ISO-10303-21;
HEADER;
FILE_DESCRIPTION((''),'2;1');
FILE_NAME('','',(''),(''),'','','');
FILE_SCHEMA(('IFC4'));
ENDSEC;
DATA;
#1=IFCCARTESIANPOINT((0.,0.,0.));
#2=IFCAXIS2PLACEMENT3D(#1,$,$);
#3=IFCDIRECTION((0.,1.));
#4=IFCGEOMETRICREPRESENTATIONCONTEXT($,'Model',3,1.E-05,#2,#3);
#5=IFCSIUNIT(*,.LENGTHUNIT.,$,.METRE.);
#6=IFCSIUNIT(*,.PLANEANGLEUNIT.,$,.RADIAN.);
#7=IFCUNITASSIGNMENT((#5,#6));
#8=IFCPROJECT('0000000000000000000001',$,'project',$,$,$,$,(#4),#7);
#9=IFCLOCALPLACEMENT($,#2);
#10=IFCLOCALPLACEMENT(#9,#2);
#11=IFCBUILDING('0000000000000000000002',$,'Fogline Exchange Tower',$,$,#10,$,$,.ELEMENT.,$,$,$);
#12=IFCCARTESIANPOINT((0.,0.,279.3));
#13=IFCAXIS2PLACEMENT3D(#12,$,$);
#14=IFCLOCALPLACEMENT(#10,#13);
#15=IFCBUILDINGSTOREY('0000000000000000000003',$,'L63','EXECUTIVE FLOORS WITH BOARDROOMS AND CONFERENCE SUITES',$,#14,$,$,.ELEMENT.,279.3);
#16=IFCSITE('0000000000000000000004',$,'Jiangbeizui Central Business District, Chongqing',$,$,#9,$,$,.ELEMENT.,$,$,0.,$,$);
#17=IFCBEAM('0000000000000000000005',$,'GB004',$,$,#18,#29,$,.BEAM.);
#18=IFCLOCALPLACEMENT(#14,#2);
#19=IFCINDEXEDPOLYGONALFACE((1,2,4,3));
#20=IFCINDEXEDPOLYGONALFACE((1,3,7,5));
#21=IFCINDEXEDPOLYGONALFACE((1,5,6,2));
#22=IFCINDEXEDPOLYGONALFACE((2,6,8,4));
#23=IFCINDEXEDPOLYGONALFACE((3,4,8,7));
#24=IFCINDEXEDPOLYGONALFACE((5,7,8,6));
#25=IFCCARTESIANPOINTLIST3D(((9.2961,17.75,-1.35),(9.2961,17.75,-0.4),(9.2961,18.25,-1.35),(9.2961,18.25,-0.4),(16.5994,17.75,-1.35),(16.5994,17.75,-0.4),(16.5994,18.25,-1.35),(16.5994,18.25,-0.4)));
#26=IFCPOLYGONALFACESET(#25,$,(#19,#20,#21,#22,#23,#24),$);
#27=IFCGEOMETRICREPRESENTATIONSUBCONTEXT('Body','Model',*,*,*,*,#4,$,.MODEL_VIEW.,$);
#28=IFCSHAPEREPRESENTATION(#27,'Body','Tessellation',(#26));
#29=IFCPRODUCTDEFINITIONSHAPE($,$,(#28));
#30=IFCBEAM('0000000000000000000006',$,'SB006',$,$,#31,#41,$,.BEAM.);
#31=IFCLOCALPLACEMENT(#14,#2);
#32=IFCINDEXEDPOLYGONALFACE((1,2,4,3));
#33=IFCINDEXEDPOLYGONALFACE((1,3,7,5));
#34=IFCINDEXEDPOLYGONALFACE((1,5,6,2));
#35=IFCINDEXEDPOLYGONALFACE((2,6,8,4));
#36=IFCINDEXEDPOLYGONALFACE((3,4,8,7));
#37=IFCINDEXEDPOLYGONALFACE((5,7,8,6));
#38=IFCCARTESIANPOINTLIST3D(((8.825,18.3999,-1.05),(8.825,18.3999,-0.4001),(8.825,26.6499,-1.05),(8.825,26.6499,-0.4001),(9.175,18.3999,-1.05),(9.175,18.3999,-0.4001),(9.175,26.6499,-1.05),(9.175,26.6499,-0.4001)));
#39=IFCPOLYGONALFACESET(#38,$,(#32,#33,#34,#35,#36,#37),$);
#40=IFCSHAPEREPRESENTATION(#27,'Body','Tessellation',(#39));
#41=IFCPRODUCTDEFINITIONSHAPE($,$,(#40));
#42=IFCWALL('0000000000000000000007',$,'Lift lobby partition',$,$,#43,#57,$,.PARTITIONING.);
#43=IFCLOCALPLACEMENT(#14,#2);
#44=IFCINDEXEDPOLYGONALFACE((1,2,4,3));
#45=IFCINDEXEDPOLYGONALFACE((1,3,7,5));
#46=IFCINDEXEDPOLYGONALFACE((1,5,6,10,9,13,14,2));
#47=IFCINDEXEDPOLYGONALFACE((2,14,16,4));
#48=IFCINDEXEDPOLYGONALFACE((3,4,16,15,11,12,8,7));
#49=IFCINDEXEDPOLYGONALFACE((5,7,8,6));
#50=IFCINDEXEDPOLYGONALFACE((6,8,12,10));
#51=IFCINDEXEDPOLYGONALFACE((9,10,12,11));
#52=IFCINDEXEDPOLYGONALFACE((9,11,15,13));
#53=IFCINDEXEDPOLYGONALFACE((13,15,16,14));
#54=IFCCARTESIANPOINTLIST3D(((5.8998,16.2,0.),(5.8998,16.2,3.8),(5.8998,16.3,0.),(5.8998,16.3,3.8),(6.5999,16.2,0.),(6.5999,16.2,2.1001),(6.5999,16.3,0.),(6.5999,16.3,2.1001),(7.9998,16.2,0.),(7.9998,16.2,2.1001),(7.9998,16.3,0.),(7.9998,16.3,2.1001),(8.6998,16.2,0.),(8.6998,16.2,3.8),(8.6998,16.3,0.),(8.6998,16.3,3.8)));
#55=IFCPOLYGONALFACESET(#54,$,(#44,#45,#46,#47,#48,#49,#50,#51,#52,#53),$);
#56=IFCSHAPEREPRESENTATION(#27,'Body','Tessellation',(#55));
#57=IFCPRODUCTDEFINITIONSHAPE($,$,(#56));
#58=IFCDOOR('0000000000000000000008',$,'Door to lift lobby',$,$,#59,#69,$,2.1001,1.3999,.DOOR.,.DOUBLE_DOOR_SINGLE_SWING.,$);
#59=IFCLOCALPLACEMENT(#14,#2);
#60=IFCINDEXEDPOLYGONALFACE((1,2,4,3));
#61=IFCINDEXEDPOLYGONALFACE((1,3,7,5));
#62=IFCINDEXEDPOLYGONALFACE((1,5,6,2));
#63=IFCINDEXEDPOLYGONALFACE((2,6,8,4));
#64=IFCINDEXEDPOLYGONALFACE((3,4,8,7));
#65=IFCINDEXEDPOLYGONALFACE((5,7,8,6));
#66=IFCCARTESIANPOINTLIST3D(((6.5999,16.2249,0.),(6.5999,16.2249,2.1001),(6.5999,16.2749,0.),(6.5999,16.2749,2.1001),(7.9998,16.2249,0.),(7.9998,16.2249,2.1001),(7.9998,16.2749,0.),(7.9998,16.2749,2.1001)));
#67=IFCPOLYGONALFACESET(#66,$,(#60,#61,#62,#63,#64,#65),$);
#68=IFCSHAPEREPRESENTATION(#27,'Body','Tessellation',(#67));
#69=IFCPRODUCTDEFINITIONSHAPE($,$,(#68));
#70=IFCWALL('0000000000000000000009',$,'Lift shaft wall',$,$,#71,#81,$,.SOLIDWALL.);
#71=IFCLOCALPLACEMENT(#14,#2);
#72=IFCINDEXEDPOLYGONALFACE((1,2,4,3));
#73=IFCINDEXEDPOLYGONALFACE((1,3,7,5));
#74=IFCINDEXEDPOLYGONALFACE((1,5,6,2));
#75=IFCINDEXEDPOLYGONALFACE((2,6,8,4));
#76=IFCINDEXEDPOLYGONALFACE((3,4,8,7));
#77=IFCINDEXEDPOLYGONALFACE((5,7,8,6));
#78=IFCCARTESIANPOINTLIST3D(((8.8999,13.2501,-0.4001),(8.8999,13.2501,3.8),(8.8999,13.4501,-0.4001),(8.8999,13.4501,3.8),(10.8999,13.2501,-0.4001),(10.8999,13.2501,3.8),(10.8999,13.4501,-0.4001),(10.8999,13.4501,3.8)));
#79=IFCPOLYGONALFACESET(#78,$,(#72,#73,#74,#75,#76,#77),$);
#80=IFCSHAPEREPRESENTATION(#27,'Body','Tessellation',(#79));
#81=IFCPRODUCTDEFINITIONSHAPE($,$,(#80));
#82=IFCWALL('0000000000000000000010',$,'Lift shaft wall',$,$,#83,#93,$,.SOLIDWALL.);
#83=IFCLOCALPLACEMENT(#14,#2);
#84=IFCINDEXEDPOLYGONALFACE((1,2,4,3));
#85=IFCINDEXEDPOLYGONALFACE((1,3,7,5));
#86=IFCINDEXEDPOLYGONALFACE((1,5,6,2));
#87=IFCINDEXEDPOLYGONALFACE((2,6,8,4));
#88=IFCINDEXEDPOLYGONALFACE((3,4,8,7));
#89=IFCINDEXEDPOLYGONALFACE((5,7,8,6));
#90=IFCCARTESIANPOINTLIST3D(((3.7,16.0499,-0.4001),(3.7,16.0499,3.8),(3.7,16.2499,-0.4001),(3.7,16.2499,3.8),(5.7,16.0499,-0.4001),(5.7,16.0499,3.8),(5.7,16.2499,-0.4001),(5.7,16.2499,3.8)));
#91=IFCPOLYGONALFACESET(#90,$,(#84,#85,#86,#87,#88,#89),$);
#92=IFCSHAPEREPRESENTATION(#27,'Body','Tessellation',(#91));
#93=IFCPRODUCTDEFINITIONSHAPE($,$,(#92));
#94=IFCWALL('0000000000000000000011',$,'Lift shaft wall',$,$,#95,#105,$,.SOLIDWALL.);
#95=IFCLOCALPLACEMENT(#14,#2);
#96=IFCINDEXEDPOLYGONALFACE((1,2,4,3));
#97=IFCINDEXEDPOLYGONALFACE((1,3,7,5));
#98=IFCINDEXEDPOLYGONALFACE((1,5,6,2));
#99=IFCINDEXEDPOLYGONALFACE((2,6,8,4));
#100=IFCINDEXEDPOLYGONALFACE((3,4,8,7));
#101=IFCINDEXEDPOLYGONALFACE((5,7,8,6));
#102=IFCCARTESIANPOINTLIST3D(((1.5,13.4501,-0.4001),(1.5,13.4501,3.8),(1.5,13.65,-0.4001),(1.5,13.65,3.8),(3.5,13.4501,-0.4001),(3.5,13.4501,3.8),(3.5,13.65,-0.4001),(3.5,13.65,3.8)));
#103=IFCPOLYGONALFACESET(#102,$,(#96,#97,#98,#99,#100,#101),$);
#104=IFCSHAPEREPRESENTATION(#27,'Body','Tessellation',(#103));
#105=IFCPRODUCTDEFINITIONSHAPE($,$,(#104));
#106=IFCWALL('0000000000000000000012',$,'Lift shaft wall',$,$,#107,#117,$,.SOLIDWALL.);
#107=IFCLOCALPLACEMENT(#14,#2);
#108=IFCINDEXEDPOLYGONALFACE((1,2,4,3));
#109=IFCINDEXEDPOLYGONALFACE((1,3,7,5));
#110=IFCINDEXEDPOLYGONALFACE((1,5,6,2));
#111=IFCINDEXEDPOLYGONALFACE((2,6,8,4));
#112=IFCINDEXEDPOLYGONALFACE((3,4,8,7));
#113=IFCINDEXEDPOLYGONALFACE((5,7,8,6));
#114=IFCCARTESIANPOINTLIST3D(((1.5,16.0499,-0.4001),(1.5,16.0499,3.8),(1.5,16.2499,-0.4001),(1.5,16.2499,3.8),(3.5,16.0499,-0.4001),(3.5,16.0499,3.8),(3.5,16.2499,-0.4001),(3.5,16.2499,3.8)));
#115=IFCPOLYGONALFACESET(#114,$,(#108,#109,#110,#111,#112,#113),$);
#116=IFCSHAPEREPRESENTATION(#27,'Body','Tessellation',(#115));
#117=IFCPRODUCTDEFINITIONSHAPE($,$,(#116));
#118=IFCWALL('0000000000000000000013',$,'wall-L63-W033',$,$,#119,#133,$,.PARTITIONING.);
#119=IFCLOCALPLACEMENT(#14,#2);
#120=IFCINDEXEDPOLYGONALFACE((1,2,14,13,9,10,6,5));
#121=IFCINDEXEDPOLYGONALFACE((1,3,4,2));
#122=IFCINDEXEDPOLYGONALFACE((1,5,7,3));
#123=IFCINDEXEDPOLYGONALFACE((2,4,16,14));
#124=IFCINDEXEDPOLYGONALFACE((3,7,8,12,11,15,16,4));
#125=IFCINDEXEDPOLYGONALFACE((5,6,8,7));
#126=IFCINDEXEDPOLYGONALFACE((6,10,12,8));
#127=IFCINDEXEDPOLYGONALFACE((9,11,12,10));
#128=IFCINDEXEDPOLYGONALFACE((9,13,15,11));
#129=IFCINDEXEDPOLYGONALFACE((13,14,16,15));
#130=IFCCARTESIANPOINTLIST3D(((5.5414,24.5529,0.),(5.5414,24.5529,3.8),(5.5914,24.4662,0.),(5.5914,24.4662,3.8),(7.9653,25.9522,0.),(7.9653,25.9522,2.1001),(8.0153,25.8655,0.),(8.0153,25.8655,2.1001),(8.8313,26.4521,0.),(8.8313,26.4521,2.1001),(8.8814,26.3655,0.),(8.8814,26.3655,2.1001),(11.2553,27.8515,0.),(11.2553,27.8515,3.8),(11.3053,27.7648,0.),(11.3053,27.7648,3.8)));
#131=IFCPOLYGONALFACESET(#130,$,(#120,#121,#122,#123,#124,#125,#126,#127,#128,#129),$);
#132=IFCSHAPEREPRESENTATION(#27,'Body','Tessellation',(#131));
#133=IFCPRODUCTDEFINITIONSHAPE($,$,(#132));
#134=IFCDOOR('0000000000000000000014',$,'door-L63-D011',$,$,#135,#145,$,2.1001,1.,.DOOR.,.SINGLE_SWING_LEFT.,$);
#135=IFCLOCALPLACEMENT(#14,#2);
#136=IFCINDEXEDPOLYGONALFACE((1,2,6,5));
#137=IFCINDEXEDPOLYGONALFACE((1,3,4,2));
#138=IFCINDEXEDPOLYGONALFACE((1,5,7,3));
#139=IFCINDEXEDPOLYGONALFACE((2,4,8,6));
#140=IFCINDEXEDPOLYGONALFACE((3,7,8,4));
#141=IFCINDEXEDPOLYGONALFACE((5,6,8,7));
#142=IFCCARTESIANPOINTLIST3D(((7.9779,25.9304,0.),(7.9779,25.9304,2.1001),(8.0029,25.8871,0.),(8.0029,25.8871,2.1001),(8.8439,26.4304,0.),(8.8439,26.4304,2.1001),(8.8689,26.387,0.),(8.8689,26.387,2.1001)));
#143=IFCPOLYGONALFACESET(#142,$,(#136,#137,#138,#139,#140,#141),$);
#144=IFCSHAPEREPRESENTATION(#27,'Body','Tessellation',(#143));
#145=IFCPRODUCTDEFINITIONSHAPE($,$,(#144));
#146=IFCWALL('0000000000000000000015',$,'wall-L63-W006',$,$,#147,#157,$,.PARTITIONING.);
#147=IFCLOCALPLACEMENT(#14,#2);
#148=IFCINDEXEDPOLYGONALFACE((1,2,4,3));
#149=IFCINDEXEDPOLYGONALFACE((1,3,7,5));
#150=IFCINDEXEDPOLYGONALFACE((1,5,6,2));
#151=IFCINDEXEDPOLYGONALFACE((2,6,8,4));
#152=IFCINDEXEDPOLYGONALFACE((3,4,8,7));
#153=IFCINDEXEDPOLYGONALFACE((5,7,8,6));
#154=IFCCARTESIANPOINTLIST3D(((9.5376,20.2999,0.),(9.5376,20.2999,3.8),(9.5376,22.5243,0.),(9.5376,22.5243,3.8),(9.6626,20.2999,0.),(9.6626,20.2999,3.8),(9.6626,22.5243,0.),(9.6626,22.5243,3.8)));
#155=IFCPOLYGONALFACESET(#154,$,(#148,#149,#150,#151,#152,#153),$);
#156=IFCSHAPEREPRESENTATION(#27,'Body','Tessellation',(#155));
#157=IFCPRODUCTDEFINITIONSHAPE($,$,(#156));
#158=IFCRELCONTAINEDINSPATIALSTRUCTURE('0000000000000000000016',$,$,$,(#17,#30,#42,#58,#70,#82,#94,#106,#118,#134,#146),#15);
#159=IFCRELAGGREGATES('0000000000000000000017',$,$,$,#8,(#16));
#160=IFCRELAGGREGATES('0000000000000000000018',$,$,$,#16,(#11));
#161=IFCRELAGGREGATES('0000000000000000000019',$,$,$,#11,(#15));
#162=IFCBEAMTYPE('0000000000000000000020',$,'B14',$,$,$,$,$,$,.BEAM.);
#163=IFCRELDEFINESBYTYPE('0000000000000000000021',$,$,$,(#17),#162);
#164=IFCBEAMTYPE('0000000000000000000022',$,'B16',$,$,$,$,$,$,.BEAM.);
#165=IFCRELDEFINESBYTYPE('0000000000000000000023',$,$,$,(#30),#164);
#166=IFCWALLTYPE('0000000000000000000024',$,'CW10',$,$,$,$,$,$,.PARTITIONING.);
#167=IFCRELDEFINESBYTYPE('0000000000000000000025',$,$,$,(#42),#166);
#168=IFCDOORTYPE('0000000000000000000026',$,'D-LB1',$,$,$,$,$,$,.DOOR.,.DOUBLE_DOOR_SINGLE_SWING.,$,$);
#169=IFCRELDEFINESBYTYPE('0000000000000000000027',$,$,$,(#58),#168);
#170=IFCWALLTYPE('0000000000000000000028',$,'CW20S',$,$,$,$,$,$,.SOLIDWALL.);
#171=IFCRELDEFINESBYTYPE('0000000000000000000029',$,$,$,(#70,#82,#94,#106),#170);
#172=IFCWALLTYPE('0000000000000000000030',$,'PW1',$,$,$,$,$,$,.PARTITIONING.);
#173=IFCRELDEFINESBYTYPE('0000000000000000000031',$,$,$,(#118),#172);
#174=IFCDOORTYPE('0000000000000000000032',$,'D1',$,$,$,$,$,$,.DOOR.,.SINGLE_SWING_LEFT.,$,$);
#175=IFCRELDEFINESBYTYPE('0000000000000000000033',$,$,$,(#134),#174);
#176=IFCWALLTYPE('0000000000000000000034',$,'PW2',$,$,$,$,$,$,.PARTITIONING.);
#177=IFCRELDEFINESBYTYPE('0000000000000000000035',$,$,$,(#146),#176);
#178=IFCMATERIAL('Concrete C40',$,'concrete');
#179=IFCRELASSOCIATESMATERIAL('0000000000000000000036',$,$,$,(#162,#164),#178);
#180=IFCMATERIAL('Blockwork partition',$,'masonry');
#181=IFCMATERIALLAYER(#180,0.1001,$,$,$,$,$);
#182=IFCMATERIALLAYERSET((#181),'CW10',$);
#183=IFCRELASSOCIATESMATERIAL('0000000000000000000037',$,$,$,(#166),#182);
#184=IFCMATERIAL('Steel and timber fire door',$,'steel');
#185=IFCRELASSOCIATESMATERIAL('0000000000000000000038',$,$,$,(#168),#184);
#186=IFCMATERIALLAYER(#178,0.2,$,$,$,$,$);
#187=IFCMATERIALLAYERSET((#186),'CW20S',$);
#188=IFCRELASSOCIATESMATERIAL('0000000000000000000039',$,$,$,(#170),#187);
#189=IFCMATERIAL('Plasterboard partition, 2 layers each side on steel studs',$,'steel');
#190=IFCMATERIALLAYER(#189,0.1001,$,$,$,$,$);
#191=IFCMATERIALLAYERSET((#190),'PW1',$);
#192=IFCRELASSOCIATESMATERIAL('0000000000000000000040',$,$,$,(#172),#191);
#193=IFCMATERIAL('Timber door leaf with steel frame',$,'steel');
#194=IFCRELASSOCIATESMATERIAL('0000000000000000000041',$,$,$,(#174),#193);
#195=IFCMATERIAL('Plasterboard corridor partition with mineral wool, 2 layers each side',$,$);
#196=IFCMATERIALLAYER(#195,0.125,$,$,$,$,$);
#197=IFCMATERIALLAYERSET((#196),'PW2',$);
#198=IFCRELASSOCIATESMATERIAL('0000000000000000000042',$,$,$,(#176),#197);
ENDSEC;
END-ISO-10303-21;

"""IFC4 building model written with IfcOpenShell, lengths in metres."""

from ifc_helpers import new_model, si_unit, direction, frame, frame_2d, origin, origin_2d, place, context, subcontext, project, spatial, rectangle, extrude, material, layer, layer_set, material_profile, profile_set, type_object, element, fill, save


model = new_model("IFC4")

# Units and contexts
model_context = context("Model", 3, precision=1e-05, world=origin(), true_north=direction((0.0, 1.0)))
body_context = subcontext(model_context, "Body", "Model", "MODEL_VIEW")
ifc_project = project(units=[si_unit("LENGTHUNIT", "METRE"), si_unit("PLANEANGLEUNIT", "RADIAN")], contexts=[model_context])

# Site, building, storey
site_placement = place(None, origin())
site = spatial("IfcSite", under=ifc_project, at=site_placement, Name="Jiangbeizui Central Business District, Chongqing", CompositionType="ELEMENT", RefElevation=0.0)
building_placement = place(site_placement, origin())
building = spatial("IfcBuilding", under=site, at=building_placement, Name="Fogline Exchange Tower", CompositionType="ELEMENT")
storey_placement = place(building_placement, frame((0.0, 0.0, 279.3)))
storey = spatial("IfcBuildingStorey", under=building, at=storey_placement, Name="L63", Description="EXECUTIVE FLOORS WITH BOARDROOMS AND CONFERENCE SUITES", CompositionType="ELEMENT", Elevation=279.3)

# Beams
ifc_material_1 = material(Name="Concrete C40", Category="concrete")
ifc_material_profile_1 = material_profile(ifc_material_1, rectangle(XDim=0.5, YDim=0.95, at=origin_2d()), Name="RC 500x950")
ifc_profile_set_1 = profile_set([ifc_material_profile_1], Name="Concrete C40")
beam_type_1 = type_object("IfcBeamType", Name="B14", PredefinedType="BEAM", material=ifc_profile_set_1)
beam_1_placement = place(storey_placement, frame((9.2961, 18.0, -0.875), z_axis=(1.0, 0.0, 0.0), x_axis=(0.0, 1.0, 0.0)))
element("IfcBeam", 1, at=beam_1_placement, inside=storey, type_object=beam_type_1, Name="GB004", PredefinedType="BEAM", context=body_context, shape_type="SweptSolid", body=[
    extrude(rectangle(XDim=0.5, YDim=0.95, at=origin_2d()), origin(), (0.0, 0.0, 1.0), 7.3032),
])
ifc_material_profile_2 = material_profile(ifc_material_1, rectangle(XDim=0.3501, YDim=0.6499, at=origin_2d()), Name="RC 350x650")
ifc_profile_set_2 = profile_set([ifc_material_profile_2], Name="Concrete C40")
beam_type_2 = type_object("IfcBeamType", Name="B16", PredefinedType="BEAM", material=ifc_profile_set_2)
beam_2_placement = place(storey_placement, frame((9.0, 18.3999, -0.7251), z_axis=(0.0, 1.0, 0.0), x_axis=(-1.0, 0.0, 0.0)))
element("IfcBeam", 2, at=beam_2_placement, inside=storey, type_object=beam_type_2, Name="SB006", PredefinedType="BEAM", context=body_context, shape_type="SweptSolid", body=[
    extrude(rectangle(XDim=0.3501, YDim=0.6499, at=origin_2d()), origin(), (0.0, 0.0, 1.0), 8.25),
])

# Wall, opening, door
ifc_material_2 = material(Name="Blockwork partition", Category="masonry")
ifc_layer_1 = layer(ifc_material_2, 0.1001)
ifc_layer_set_1 = layer_set([ifc_layer_1], Name="CW10")
wall_type_1 = type_object("IfcWallType", Name="CW10", PredefinedType="PARTITIONING", material=ifc_layer_set_1)
wall_1_placement = place(storey_placement, frame((5.8999, 16.25, 0.0), z_axis=(0.0, 0.0, 1.0), x_axis=(1.0, 0.0, 0.0)))
wall_1 = element("IfcWall", 3, at=wall_1_placement, inside=storey, type_object=wall_type_1, Name="Lift lobby partition", PredefinedType="PARTITIONING", context=body_context, shape_type="SweptSolid", body=[
    extrude(rectangle(XDim=2.8, YDim=0.1001, at=frame_2d((1.3999, 0.0))), origin(), (0.0, 0.0, 1.0), 3.8),
])
opening_1_placement = place(wall_1_placement, frame((0.7, 0.0, 0.0)))
opening_1 = element("IfcOpeningElement", 4, at=opening_1_placement, cuts=wall_1, PredefinedType="OPENING", context=body_context, shape_type="SweptSolid", body=[
    extrude(rectangle(XDim=1.3999, YDim=2.1001, at=frame_2d((0.7, 1.05))), frame((0.0, 0.0601, 0.0), z_axis=(0.0, -1.0, 0.0), x_axis=(1.0, 0.0, 0.0)), (0.0, 0.0, 1.0), 0.1201),
])
ifc_material_3 = material(Name="Steel and timber fire door", Category="steel")
door_type_1 = type_object("IfcDoorType", Name="D-LB1", OperationType="DOUBLE_DOOR_SINGLE_SWING", PredefinedType="DOOR", material=ifc_material_3)
door_1_placement = place(opening_1_placement, origin())
door_1 = element("IfcDoor", 5, at=door_1_placement, inside=storey, type_object=door_type_1, Name="Door to lift lobby", OperationType="DOUBLE_DOOR_SINGLE_SWING", OverallHeight=2.1001, OverallWidth=1.3999, PredefinedType="DOOR", context=body_context, shape_type="SweptSolid", body=[
    extrude(rectangle(XDim=1.3999, YDim=2.1001, at=frame_2d((0.7, 1.05))), frame((0.0, 0.0249, 0.0), z_axis=(0.0, -1.0, 0.0), x_axis=(1.0, 0.0, 0.0)), (0.0, 0.0, 1.0), 0.05),
])
fill(opening_1, door_1)

# Walls
ifc_layer_2 = layer(ifc_material_1, 0.2)
ifc_layer_set_2 = layer_set([ifc_layer_2], Name="CW20S")
wall_type_2 = type_object("IfcWallType", Name="CW20S", PredefinedType="SOLIDWALL", material=ifc_layer_set_2)
for number, where, z_axis, x_axis, name in (
    (6, (8.8999, 13.3501, -0.4001), (0.0, 0.0, 1.0), (1.0, 0.0, 0.0), "Lift shaft wall"),
    (7, (3.7, 16.1499, -0.4001), (0.0, 0.0, 1.0), (1.0, 0.0, 0.0), "Lift shaft wall"),
    (8, (1.5, 13.55, -0.4001), (0.0, 0.0, 1.0), (1.0, 0.0, 0.0), "Lift shaft wall"),
    (9, (1.5, 16.1499, -0.4001), (0.0, 0.0, 1.0), (1.0, 0.0, 0.0), "Lift shaft wall"),
):
    element("IfcWall", number, at=place(storey_placement, frame(where, z_axis=z_axis, x_axis=x_axis)), inside=storey, type_object=wall_type_2, Name=name, PredefinedType="SOLIDWALL", context=body_context, shape_type="SweptSolid", body=[
        extrude(rectangle(XDim=2.0, YDim=0.2, at=frame_2d((1.0, 0.0))), origin(), (0.0, 0.0, 1.0), 4.2002),
    ])

# Wall, opening, door
ifc_material_4 = material(Name="Plasterboard partition, 2 layers each side on steel studs", Category="steel")
ifc_layer_3 = layer(ifc_material_4, 0.1001)
ifc_layer_set_3 = layer_set([ifc_layer_3], Name="PW1")
wall_type_3 = type_object("IfcWallType", Name="PW1", PredefinedType="PARTITIONING", material=ifc_layer_set_3)
wall_2_placement = place(storey_placement, frame((5.5664, 24.5095, 0.0), z_axis=(0.0, 0.0, 1.0), x_axis=(0.866046, 0.499964, 0.0)))
wall_2 = element("IfcWall", 10, at=wall_2_placement, inside=storey, type_object=wall_type_3, Name="wall-L63-W033", PredefinedType="PARTITIONING", context=body_context, shape_type="SweptSolid", body=[
    extrude(rectangle(XDim=6.5977, YDim=0.1001, at=frame_2d((3.2988, 0.0))), origin(), (0.0, 0.0, 1.0), 3.8),
])
opening_2_placement = place(wall_2_placement, frame((2.7988, 0.0, 0.0)))
opening_2 = element("IfcOpeningElement", 11, at=opening_2_placement, cuts=wall_2, PredefinedType="OPENING", context=body_context, shape_type="SweptSolid", body=[
    extrude(rectangle(XDim=1.0, YDim=2.1001, at=frame_2d((0.5, 1.05))), frame((0.0, 0.0601, 0.0), z_axis=(0.0, -1.0, 0.0), x_axis=(1.0, 0.0, 0.0)), (0.0, 0.0, 1.0), 0.1201),
])
ifc_material_5 = material(Name="Timber door leaf with steel frame", Category="steel")
door_type_2 = type_object("IfcDoorType", Name="D1", OperationType="SINGLE_SWING_LEFT", PredefinedType="DOOR", material=ifc_material_5)
door_2_placement = place(opening_2_placement, origin())
door_2 = element("IfcDoor", 12, at=door_2_placement, inside=storey, type_object=door_type_2, Name="door-L63-D011", OperationType="SINGLE_SWING_LEFT", OverallHeight=2.1001, OverallWidth=1.0, PredefinedType="DOOR", context=body_context, shape_type="SweptSolid", body=[
    extrude(rectangle(XDim=1.0, YDim=2.1001, at=frame_2d((0.5, 1.05))), frame((0.0, 0.0249, 0.0), z_axis=(0.0, -1.0, 0.0), x_axis=(1.0, 0.0, 0.0)), (0.0, 0.0, 1.0), 0.05),
])
fill(opening_2, door_2)

# Wall
ifc_material_6 = material(Name="Plasterboard corridor partition with mineral wool, 2 layers each side")
ifc_layer_4 = layer(ifc_material_6, 0.125)
ifc_layer_set_4 = layer_set([ifc_layer_4], Name="PW2")
wall_type_4 = type_object("IfcWallType", Name="PW2", PredefinedType="PARTITIONING", material=ifc_layer_set_4)
wall_3_placement = place(storey_placement, frame((9.6001, 22.5244, 0.0), z_axis=(0.0, 0.0, 1.0), x_axis=(0.0, -1.0, 0.0)))
element("IfcWall", 13, at=wall_3_placement, inside=storey, type_object=wall_type_4, Name="wall-L63-W006", PredefinedType="PARTITIONING", context=body_context, shape_type="SweptSolid", body=[
    extrude(rectangle(XDim=2.2244, YDim=0.125, at=frame_2d((1.1123, 0.0))), origin(), (0.0, 0.0, 1.0), 3.8),
])

save(model, "model.ifc")
